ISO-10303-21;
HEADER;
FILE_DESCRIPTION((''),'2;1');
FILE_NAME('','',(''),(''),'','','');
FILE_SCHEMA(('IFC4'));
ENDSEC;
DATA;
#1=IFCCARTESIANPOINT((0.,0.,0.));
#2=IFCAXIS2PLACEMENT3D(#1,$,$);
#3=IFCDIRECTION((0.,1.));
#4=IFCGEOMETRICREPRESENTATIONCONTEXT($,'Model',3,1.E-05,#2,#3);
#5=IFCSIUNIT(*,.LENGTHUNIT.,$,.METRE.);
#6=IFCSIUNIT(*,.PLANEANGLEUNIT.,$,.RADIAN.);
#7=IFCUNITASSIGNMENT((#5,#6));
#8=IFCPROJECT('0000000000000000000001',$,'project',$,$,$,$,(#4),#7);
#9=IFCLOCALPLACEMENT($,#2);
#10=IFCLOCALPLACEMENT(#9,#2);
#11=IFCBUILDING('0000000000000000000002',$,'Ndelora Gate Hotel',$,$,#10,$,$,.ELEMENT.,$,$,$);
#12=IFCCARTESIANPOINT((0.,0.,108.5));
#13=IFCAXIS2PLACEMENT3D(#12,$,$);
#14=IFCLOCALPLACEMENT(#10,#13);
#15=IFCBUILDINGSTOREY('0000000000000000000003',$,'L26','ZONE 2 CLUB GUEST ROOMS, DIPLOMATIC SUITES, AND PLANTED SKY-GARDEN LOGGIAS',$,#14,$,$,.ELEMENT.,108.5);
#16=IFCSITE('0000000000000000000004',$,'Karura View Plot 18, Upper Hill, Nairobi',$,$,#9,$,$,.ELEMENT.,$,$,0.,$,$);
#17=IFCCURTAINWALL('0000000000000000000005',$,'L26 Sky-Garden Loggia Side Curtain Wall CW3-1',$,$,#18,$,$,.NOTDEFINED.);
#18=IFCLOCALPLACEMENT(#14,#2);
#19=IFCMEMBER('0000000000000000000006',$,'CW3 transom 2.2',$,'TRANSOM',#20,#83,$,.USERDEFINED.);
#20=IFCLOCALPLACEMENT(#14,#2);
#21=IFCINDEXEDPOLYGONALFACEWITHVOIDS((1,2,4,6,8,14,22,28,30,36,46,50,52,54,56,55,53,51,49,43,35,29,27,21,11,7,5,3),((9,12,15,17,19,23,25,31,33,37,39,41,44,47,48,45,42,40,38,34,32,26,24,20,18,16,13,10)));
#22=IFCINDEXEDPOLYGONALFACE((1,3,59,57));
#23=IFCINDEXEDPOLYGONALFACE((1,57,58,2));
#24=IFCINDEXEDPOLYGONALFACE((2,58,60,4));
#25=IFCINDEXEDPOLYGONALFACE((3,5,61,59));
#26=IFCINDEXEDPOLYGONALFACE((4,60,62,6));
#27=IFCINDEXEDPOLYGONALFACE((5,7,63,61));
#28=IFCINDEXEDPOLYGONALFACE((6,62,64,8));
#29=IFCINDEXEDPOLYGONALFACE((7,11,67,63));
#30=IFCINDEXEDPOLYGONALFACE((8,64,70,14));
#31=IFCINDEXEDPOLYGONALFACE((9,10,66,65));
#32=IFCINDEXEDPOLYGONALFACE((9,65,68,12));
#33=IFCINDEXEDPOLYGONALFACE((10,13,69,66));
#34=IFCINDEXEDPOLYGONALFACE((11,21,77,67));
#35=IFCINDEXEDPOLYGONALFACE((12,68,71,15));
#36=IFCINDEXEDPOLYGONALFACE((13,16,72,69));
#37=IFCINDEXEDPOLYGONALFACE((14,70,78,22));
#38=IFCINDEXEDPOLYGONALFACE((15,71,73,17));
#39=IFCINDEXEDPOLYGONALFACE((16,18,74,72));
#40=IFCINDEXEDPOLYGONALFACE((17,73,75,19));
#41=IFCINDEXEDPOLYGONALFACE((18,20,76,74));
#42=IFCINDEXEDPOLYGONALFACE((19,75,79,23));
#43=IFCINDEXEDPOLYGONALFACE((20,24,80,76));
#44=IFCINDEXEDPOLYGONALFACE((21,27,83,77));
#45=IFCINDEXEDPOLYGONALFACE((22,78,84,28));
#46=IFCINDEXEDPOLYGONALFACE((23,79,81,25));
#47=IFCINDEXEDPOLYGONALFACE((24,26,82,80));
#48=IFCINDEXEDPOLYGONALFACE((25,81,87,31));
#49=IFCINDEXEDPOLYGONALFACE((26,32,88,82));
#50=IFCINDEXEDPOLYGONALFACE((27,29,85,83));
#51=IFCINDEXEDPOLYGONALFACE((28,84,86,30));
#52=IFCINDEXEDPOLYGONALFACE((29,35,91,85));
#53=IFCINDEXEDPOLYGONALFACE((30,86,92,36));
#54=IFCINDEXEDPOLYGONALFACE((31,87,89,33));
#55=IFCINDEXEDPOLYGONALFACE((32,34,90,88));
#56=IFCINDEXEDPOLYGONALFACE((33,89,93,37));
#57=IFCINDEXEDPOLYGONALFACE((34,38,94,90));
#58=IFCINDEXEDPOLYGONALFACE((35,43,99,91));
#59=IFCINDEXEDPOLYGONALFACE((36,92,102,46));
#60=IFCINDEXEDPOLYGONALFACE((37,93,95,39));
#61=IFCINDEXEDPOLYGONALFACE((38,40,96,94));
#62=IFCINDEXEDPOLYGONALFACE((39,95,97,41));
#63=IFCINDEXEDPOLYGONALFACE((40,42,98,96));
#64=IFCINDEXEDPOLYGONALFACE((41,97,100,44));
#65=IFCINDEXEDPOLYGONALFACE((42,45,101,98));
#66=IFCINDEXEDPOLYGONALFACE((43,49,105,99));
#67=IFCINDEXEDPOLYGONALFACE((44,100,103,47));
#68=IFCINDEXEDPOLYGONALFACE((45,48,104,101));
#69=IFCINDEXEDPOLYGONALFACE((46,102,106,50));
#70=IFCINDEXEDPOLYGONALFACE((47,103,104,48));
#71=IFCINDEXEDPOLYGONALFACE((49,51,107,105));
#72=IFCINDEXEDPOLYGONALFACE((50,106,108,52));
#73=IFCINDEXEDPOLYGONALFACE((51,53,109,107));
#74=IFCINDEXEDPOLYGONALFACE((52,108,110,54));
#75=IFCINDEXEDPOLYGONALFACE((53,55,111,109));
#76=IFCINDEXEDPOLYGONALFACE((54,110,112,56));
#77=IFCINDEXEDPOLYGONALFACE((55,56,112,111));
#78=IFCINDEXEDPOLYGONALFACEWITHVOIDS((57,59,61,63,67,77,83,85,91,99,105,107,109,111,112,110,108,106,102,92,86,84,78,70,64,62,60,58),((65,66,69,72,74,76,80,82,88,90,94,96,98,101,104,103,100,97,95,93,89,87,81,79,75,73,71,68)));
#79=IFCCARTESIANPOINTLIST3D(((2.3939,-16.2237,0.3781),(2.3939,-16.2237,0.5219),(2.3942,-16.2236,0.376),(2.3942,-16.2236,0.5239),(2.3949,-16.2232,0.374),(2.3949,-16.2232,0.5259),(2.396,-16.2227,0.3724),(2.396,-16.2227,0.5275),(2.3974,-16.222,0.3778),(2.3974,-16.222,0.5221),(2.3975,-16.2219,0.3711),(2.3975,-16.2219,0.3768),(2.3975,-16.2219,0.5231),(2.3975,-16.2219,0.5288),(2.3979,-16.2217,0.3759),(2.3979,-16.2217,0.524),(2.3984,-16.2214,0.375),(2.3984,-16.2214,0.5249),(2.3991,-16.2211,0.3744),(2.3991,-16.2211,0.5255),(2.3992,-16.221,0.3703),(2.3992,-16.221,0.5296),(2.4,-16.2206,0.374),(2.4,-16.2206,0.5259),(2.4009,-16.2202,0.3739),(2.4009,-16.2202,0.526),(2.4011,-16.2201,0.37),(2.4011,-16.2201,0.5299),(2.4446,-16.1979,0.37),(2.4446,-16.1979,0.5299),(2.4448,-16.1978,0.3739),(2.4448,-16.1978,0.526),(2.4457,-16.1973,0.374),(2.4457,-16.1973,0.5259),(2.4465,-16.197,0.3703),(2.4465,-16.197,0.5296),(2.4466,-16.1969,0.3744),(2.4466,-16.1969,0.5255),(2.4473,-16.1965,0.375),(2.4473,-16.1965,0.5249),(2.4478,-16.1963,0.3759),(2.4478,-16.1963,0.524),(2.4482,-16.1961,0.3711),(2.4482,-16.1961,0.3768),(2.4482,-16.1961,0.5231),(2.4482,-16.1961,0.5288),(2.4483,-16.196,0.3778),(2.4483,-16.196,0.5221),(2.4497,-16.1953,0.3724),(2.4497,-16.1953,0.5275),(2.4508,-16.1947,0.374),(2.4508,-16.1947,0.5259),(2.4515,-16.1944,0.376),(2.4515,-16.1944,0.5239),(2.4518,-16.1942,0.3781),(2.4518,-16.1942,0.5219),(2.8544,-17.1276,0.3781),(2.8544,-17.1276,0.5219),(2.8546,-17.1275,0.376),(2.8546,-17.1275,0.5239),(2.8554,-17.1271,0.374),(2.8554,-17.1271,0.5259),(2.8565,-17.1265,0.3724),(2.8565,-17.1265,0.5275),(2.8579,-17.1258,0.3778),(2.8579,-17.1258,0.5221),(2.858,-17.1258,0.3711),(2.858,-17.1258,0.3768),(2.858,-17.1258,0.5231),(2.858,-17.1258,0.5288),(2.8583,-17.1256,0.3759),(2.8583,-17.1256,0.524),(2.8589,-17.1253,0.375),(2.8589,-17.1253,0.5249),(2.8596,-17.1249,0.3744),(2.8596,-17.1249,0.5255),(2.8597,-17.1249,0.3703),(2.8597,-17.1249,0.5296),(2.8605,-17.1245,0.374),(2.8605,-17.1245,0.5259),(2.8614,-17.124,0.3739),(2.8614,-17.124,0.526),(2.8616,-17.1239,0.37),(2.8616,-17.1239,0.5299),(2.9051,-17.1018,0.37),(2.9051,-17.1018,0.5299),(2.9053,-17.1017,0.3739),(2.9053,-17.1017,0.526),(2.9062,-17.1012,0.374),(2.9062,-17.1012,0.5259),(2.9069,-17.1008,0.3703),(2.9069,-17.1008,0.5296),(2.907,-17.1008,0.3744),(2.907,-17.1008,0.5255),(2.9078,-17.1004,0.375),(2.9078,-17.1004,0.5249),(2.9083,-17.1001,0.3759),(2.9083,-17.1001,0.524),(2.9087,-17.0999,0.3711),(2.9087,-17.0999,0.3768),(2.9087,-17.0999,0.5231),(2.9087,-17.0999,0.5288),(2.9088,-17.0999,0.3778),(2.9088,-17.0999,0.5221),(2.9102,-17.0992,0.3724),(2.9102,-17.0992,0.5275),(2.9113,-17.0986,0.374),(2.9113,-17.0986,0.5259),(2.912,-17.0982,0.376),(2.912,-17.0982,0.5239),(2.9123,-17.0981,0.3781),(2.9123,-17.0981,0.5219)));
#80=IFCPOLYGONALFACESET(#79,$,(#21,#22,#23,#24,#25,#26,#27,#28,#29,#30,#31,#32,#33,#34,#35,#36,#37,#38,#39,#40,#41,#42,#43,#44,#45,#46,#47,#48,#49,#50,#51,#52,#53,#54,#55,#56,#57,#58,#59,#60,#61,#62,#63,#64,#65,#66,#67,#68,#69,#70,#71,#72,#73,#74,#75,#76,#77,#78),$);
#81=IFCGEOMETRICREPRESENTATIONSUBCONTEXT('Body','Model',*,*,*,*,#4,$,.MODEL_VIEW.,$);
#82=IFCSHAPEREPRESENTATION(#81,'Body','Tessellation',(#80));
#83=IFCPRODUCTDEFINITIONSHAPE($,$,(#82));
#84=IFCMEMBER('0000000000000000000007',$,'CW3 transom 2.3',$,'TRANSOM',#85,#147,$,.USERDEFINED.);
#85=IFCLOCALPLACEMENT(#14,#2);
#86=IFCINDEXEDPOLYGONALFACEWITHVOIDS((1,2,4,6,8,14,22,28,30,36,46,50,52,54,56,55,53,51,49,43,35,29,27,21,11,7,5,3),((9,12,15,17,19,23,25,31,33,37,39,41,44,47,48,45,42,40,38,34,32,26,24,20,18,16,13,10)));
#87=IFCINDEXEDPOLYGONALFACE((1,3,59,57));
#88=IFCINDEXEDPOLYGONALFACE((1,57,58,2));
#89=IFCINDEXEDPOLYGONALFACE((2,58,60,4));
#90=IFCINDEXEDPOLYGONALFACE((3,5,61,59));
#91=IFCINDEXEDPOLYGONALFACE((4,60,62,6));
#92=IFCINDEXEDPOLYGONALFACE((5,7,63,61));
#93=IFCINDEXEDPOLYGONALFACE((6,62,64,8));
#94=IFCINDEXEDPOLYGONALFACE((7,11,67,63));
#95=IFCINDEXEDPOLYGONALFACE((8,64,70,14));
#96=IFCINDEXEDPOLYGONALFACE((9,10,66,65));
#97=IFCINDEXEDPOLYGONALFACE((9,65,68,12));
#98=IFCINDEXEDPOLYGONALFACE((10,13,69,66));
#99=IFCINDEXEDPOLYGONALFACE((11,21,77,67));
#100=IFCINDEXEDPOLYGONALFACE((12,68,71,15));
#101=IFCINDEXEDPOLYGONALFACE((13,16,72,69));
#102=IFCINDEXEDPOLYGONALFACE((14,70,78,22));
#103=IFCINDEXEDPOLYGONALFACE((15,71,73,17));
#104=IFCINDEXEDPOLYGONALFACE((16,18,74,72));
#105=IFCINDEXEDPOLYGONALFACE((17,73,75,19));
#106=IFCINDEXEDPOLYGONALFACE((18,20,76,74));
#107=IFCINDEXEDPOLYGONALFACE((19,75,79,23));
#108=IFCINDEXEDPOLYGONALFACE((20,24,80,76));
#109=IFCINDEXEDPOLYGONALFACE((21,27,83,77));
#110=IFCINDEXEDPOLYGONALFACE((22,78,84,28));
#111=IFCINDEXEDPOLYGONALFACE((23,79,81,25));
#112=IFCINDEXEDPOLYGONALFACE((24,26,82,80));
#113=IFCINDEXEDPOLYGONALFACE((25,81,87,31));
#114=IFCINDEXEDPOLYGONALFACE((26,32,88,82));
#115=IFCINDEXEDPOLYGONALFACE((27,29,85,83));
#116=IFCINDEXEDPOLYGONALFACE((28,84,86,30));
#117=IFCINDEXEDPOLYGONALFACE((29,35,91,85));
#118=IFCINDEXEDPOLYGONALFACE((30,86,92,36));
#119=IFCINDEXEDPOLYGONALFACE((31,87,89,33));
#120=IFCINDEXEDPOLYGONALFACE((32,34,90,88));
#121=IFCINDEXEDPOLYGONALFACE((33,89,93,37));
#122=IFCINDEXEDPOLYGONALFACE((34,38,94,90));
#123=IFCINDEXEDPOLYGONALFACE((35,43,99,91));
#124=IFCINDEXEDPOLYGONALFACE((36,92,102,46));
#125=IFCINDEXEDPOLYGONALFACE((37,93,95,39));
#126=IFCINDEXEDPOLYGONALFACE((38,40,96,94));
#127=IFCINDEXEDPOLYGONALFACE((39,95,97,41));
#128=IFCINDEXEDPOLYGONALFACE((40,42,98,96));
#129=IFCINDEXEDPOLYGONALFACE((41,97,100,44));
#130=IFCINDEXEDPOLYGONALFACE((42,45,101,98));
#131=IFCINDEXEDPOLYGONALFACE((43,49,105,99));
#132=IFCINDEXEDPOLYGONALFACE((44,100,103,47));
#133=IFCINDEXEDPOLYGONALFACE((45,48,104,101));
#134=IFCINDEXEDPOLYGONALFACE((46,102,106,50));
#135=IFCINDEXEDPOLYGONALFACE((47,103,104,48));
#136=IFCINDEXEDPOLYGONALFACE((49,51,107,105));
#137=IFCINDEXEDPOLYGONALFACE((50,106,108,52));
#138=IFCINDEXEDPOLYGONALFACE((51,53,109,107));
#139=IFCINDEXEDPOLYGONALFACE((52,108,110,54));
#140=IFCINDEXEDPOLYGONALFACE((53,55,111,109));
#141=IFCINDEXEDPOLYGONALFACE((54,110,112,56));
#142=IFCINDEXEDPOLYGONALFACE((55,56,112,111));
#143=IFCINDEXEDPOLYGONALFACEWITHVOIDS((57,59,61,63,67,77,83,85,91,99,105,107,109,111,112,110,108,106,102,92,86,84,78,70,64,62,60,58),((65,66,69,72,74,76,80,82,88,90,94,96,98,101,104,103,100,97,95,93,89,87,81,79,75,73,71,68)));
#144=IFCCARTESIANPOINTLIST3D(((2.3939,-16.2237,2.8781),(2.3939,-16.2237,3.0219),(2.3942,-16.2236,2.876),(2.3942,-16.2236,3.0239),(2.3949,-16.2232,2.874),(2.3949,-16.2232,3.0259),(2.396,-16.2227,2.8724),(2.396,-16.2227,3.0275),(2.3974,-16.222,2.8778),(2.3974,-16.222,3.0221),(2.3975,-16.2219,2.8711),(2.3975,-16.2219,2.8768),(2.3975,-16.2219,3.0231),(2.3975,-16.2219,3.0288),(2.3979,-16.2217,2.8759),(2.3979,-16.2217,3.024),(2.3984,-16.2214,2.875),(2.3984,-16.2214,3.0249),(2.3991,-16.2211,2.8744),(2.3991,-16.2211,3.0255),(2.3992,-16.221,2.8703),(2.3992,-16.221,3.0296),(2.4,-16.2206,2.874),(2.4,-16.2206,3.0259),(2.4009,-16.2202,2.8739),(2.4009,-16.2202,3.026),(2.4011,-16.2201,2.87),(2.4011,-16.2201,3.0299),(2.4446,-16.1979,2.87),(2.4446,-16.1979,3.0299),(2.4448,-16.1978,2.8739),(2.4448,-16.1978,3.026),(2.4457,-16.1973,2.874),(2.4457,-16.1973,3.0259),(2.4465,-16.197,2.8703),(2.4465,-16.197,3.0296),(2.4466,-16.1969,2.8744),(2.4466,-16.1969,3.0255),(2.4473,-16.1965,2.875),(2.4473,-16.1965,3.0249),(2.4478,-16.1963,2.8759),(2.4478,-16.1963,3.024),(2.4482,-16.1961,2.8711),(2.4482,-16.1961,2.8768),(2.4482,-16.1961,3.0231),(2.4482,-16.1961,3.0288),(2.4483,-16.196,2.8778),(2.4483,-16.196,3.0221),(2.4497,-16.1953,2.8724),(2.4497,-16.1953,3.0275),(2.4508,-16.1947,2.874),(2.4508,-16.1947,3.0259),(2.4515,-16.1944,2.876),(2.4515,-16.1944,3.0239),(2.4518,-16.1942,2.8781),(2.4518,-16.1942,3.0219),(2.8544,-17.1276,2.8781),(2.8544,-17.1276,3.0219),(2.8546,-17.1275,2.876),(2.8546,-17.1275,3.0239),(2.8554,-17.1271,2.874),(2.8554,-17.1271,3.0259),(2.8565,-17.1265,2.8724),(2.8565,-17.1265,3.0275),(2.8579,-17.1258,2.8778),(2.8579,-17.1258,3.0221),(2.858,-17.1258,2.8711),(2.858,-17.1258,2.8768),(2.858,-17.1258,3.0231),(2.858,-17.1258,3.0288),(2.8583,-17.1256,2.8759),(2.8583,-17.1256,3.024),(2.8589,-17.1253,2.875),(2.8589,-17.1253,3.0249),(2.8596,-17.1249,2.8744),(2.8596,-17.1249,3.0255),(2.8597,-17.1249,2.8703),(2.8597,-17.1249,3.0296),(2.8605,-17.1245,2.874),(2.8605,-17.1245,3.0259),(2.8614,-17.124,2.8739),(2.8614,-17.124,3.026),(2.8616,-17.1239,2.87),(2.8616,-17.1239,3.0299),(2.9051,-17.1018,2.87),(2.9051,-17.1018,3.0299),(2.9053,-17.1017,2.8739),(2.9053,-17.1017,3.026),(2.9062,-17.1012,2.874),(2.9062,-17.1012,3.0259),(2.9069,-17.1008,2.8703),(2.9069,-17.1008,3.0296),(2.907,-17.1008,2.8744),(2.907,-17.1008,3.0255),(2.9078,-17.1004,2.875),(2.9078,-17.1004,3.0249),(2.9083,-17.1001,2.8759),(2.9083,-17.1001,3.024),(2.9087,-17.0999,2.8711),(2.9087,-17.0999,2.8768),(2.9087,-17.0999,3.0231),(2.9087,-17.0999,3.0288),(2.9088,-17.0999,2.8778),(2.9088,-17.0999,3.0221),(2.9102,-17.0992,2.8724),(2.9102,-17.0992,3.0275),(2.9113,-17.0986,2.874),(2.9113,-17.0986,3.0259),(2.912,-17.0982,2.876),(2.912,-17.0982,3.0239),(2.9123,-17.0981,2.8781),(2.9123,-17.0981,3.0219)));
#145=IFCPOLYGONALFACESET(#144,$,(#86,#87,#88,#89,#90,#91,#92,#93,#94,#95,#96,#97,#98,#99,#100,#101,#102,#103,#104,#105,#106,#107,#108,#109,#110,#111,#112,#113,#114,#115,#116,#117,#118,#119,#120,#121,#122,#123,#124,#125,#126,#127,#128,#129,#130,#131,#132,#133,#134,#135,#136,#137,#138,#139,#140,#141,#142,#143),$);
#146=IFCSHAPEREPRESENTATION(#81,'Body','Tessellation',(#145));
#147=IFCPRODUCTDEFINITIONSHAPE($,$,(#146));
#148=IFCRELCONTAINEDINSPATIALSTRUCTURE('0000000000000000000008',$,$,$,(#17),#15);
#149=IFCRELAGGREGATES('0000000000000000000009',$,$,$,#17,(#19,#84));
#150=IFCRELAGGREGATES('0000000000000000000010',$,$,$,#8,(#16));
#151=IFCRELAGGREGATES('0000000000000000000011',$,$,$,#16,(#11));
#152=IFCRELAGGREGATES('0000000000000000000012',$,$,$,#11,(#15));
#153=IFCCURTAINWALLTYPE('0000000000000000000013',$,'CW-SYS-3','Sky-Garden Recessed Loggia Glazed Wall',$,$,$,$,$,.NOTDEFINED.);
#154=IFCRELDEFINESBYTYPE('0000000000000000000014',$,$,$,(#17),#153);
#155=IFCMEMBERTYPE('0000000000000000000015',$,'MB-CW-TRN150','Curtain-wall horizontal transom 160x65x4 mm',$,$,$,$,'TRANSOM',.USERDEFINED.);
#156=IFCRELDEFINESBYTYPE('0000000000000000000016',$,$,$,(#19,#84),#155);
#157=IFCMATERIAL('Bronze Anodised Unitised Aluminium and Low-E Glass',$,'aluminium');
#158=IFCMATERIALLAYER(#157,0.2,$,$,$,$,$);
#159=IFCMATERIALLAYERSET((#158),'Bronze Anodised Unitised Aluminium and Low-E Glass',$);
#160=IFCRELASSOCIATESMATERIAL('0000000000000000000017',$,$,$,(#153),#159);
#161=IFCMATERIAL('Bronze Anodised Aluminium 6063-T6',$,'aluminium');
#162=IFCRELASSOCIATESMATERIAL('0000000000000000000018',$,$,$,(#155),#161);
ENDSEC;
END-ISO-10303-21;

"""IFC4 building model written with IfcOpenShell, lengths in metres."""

from ifc_helpers import new_model, si_unit, direction, frame, origin, origin_2d, place, context, subcontext, project, spatial, hollow_rectangle, extrude, material, layer, layer_set, material_profile, profile_set, type_object, element, aggregate, save


model = new_model("IFC4")

# Units and contexts
model_context = context("Model", 3, precision=1e-05, world=origin(), true_north=direction((0.0, 1.0)))
body_context = subcontext(model_context, "Body", "Model", "MODEL_VIEW")
ifc_project = project(units=[si_unit("LENGTHUNIT", "METRE"), si_unit("PLANEANGLEUNIT", "RADIAN")], contexts=[model_context])

# Site, building, storey
site_placement = place(None, origin())
site = spatial("IfcSite", under=ifc_project, at=site_placement, Name="Karura View Plot 18, Upper Hill, Nairobi", CompositionType="ELEMENT", RefElevation=0.0)
building_placement = place(site_placement, origin())
building = spatial("IfcBuilding", under=site, at=building_placement, Name="Ndelora Gate Hotel", CompositionType="ELEMENT")
storey_placement = place(building_placement, frame((0.0, 0.0, 108.5)))
storey = spatial("IfcBuildingStorey", under=building, at=storey_placement, Name="L26", Description="ZONE 2 CLUB GUEST ROOMS, DIPLOMATIC SUITES, AND PLANTED SKY-GARDEN LOGGIAS", CompositionType="ELEMENT", Elevation=108.5)

# Curtain wall, members
ifc_material_1 = material(Name="Bronze Anodised Unitised Aluminium and Low-E Glass", Category="aluminium")
ifc_layer_1 = layer(ifc_material_1, 0.2)
ifc_layer_set_1 = layer_set([ifc_layer_1], Name="Bronze Anodised Unitised Aluminium and Low-E Glass")
curtain_wall_type = type_object("IfcCurtainWallType", Name="CW-SYS-3", Description="Sky-Garden Recessed Loggia Glazed Wall", PredefinedType="NOTDEFINED", material=ifc_layer_set_1)
curtain_wall_placement = place(storey_placement, origin())
curtain_wall = element("IfcCurtainWall", 1, at=curtain_wall_placement, inside=storey, type_object=curtain_wall_type, Name="L26 Sky-Garden Loggia Side Curtain Wall CW3-1", PredefinedType="NOTDEFINED")
ifc_material_2 = material(Name="Bronze Anodised Aluminium 6063-T6", Category="aluminium")
ifc_material_profile_1 = material_profile(ifc_material_2, hollow_rectangle(XDim=0.0649, YDim=0.1599, WallThickness=0.0039, InnerFilletRadius=0.0039, OuterFilletRadius=0.0081, at=origin_2d()), Name="ALU 160x65x4")
ifc_profile_set_1 = profile_set([ifc_material_profile_1], Name="Bronze Anodised Aluminium 6063-T6")
member_type_1 = type_object("IfcMemberType", Name="MB-CW-TRN150", Description="Curtain-wall horizontal transom 160x65x4 mm", ElementType="TRANSOM", PredefinedType="USERDEFINED", material=ifc_profile_set_1)
member_1_placement = place(storey_placement, frame((2.4229, -16.209, 0.45), z_axis=(0.45394, -0.891032, 0.0), x_axis=(0.891032, 0.45394, 0.0)))
member_1 = element("IfcMember", 2, at=member_1_placement, type_object=member_type_1, Name="CW3 transom 2.2", ObjectType="TRANSOM", PredefinedType="USERDEFINED", context=body_context, shape_type="SweptSolid", body=[
    extrude(hollow_rectangle(XDim=0.0649, YDim=0.1599, WallThickness=0.0039, InnerFilletRadius=0.0039, OuterFilletRadius=0.0081, at=origin_2d()), origin(), (0.0, 0.0, 1.0), 1.0144),
])
member_2_placement = place(storey_placement, frame((2.4229, -16.209, 2.95), z_axis=(0.45394, -0.891032, 0.0), x_axis=(0.891032, 0.45394, 0.0)))
member_2 = element("IfcMember", 3, at=member_2_placement, type_object=member_type_1, Name="CW3 transom 2.3", ObjectType="TRANSOM", PredefinedType="USERDEFINED", context=body_context, shape_type="SweptSolid", body=[
    extrude(hollow_rectangle(XDim=0.0649, YDim=0.1599, WallThickness=0.0039, InnerFilletRadius=0.0039, OuterFilletRadius=0.0081, at=origin_2d()), origin(), (0.0, 0.0, 1.0), 1.0144),
])
aggregate(curtain_wall, [member_1, member_2])

save(model, "model.ifc")
